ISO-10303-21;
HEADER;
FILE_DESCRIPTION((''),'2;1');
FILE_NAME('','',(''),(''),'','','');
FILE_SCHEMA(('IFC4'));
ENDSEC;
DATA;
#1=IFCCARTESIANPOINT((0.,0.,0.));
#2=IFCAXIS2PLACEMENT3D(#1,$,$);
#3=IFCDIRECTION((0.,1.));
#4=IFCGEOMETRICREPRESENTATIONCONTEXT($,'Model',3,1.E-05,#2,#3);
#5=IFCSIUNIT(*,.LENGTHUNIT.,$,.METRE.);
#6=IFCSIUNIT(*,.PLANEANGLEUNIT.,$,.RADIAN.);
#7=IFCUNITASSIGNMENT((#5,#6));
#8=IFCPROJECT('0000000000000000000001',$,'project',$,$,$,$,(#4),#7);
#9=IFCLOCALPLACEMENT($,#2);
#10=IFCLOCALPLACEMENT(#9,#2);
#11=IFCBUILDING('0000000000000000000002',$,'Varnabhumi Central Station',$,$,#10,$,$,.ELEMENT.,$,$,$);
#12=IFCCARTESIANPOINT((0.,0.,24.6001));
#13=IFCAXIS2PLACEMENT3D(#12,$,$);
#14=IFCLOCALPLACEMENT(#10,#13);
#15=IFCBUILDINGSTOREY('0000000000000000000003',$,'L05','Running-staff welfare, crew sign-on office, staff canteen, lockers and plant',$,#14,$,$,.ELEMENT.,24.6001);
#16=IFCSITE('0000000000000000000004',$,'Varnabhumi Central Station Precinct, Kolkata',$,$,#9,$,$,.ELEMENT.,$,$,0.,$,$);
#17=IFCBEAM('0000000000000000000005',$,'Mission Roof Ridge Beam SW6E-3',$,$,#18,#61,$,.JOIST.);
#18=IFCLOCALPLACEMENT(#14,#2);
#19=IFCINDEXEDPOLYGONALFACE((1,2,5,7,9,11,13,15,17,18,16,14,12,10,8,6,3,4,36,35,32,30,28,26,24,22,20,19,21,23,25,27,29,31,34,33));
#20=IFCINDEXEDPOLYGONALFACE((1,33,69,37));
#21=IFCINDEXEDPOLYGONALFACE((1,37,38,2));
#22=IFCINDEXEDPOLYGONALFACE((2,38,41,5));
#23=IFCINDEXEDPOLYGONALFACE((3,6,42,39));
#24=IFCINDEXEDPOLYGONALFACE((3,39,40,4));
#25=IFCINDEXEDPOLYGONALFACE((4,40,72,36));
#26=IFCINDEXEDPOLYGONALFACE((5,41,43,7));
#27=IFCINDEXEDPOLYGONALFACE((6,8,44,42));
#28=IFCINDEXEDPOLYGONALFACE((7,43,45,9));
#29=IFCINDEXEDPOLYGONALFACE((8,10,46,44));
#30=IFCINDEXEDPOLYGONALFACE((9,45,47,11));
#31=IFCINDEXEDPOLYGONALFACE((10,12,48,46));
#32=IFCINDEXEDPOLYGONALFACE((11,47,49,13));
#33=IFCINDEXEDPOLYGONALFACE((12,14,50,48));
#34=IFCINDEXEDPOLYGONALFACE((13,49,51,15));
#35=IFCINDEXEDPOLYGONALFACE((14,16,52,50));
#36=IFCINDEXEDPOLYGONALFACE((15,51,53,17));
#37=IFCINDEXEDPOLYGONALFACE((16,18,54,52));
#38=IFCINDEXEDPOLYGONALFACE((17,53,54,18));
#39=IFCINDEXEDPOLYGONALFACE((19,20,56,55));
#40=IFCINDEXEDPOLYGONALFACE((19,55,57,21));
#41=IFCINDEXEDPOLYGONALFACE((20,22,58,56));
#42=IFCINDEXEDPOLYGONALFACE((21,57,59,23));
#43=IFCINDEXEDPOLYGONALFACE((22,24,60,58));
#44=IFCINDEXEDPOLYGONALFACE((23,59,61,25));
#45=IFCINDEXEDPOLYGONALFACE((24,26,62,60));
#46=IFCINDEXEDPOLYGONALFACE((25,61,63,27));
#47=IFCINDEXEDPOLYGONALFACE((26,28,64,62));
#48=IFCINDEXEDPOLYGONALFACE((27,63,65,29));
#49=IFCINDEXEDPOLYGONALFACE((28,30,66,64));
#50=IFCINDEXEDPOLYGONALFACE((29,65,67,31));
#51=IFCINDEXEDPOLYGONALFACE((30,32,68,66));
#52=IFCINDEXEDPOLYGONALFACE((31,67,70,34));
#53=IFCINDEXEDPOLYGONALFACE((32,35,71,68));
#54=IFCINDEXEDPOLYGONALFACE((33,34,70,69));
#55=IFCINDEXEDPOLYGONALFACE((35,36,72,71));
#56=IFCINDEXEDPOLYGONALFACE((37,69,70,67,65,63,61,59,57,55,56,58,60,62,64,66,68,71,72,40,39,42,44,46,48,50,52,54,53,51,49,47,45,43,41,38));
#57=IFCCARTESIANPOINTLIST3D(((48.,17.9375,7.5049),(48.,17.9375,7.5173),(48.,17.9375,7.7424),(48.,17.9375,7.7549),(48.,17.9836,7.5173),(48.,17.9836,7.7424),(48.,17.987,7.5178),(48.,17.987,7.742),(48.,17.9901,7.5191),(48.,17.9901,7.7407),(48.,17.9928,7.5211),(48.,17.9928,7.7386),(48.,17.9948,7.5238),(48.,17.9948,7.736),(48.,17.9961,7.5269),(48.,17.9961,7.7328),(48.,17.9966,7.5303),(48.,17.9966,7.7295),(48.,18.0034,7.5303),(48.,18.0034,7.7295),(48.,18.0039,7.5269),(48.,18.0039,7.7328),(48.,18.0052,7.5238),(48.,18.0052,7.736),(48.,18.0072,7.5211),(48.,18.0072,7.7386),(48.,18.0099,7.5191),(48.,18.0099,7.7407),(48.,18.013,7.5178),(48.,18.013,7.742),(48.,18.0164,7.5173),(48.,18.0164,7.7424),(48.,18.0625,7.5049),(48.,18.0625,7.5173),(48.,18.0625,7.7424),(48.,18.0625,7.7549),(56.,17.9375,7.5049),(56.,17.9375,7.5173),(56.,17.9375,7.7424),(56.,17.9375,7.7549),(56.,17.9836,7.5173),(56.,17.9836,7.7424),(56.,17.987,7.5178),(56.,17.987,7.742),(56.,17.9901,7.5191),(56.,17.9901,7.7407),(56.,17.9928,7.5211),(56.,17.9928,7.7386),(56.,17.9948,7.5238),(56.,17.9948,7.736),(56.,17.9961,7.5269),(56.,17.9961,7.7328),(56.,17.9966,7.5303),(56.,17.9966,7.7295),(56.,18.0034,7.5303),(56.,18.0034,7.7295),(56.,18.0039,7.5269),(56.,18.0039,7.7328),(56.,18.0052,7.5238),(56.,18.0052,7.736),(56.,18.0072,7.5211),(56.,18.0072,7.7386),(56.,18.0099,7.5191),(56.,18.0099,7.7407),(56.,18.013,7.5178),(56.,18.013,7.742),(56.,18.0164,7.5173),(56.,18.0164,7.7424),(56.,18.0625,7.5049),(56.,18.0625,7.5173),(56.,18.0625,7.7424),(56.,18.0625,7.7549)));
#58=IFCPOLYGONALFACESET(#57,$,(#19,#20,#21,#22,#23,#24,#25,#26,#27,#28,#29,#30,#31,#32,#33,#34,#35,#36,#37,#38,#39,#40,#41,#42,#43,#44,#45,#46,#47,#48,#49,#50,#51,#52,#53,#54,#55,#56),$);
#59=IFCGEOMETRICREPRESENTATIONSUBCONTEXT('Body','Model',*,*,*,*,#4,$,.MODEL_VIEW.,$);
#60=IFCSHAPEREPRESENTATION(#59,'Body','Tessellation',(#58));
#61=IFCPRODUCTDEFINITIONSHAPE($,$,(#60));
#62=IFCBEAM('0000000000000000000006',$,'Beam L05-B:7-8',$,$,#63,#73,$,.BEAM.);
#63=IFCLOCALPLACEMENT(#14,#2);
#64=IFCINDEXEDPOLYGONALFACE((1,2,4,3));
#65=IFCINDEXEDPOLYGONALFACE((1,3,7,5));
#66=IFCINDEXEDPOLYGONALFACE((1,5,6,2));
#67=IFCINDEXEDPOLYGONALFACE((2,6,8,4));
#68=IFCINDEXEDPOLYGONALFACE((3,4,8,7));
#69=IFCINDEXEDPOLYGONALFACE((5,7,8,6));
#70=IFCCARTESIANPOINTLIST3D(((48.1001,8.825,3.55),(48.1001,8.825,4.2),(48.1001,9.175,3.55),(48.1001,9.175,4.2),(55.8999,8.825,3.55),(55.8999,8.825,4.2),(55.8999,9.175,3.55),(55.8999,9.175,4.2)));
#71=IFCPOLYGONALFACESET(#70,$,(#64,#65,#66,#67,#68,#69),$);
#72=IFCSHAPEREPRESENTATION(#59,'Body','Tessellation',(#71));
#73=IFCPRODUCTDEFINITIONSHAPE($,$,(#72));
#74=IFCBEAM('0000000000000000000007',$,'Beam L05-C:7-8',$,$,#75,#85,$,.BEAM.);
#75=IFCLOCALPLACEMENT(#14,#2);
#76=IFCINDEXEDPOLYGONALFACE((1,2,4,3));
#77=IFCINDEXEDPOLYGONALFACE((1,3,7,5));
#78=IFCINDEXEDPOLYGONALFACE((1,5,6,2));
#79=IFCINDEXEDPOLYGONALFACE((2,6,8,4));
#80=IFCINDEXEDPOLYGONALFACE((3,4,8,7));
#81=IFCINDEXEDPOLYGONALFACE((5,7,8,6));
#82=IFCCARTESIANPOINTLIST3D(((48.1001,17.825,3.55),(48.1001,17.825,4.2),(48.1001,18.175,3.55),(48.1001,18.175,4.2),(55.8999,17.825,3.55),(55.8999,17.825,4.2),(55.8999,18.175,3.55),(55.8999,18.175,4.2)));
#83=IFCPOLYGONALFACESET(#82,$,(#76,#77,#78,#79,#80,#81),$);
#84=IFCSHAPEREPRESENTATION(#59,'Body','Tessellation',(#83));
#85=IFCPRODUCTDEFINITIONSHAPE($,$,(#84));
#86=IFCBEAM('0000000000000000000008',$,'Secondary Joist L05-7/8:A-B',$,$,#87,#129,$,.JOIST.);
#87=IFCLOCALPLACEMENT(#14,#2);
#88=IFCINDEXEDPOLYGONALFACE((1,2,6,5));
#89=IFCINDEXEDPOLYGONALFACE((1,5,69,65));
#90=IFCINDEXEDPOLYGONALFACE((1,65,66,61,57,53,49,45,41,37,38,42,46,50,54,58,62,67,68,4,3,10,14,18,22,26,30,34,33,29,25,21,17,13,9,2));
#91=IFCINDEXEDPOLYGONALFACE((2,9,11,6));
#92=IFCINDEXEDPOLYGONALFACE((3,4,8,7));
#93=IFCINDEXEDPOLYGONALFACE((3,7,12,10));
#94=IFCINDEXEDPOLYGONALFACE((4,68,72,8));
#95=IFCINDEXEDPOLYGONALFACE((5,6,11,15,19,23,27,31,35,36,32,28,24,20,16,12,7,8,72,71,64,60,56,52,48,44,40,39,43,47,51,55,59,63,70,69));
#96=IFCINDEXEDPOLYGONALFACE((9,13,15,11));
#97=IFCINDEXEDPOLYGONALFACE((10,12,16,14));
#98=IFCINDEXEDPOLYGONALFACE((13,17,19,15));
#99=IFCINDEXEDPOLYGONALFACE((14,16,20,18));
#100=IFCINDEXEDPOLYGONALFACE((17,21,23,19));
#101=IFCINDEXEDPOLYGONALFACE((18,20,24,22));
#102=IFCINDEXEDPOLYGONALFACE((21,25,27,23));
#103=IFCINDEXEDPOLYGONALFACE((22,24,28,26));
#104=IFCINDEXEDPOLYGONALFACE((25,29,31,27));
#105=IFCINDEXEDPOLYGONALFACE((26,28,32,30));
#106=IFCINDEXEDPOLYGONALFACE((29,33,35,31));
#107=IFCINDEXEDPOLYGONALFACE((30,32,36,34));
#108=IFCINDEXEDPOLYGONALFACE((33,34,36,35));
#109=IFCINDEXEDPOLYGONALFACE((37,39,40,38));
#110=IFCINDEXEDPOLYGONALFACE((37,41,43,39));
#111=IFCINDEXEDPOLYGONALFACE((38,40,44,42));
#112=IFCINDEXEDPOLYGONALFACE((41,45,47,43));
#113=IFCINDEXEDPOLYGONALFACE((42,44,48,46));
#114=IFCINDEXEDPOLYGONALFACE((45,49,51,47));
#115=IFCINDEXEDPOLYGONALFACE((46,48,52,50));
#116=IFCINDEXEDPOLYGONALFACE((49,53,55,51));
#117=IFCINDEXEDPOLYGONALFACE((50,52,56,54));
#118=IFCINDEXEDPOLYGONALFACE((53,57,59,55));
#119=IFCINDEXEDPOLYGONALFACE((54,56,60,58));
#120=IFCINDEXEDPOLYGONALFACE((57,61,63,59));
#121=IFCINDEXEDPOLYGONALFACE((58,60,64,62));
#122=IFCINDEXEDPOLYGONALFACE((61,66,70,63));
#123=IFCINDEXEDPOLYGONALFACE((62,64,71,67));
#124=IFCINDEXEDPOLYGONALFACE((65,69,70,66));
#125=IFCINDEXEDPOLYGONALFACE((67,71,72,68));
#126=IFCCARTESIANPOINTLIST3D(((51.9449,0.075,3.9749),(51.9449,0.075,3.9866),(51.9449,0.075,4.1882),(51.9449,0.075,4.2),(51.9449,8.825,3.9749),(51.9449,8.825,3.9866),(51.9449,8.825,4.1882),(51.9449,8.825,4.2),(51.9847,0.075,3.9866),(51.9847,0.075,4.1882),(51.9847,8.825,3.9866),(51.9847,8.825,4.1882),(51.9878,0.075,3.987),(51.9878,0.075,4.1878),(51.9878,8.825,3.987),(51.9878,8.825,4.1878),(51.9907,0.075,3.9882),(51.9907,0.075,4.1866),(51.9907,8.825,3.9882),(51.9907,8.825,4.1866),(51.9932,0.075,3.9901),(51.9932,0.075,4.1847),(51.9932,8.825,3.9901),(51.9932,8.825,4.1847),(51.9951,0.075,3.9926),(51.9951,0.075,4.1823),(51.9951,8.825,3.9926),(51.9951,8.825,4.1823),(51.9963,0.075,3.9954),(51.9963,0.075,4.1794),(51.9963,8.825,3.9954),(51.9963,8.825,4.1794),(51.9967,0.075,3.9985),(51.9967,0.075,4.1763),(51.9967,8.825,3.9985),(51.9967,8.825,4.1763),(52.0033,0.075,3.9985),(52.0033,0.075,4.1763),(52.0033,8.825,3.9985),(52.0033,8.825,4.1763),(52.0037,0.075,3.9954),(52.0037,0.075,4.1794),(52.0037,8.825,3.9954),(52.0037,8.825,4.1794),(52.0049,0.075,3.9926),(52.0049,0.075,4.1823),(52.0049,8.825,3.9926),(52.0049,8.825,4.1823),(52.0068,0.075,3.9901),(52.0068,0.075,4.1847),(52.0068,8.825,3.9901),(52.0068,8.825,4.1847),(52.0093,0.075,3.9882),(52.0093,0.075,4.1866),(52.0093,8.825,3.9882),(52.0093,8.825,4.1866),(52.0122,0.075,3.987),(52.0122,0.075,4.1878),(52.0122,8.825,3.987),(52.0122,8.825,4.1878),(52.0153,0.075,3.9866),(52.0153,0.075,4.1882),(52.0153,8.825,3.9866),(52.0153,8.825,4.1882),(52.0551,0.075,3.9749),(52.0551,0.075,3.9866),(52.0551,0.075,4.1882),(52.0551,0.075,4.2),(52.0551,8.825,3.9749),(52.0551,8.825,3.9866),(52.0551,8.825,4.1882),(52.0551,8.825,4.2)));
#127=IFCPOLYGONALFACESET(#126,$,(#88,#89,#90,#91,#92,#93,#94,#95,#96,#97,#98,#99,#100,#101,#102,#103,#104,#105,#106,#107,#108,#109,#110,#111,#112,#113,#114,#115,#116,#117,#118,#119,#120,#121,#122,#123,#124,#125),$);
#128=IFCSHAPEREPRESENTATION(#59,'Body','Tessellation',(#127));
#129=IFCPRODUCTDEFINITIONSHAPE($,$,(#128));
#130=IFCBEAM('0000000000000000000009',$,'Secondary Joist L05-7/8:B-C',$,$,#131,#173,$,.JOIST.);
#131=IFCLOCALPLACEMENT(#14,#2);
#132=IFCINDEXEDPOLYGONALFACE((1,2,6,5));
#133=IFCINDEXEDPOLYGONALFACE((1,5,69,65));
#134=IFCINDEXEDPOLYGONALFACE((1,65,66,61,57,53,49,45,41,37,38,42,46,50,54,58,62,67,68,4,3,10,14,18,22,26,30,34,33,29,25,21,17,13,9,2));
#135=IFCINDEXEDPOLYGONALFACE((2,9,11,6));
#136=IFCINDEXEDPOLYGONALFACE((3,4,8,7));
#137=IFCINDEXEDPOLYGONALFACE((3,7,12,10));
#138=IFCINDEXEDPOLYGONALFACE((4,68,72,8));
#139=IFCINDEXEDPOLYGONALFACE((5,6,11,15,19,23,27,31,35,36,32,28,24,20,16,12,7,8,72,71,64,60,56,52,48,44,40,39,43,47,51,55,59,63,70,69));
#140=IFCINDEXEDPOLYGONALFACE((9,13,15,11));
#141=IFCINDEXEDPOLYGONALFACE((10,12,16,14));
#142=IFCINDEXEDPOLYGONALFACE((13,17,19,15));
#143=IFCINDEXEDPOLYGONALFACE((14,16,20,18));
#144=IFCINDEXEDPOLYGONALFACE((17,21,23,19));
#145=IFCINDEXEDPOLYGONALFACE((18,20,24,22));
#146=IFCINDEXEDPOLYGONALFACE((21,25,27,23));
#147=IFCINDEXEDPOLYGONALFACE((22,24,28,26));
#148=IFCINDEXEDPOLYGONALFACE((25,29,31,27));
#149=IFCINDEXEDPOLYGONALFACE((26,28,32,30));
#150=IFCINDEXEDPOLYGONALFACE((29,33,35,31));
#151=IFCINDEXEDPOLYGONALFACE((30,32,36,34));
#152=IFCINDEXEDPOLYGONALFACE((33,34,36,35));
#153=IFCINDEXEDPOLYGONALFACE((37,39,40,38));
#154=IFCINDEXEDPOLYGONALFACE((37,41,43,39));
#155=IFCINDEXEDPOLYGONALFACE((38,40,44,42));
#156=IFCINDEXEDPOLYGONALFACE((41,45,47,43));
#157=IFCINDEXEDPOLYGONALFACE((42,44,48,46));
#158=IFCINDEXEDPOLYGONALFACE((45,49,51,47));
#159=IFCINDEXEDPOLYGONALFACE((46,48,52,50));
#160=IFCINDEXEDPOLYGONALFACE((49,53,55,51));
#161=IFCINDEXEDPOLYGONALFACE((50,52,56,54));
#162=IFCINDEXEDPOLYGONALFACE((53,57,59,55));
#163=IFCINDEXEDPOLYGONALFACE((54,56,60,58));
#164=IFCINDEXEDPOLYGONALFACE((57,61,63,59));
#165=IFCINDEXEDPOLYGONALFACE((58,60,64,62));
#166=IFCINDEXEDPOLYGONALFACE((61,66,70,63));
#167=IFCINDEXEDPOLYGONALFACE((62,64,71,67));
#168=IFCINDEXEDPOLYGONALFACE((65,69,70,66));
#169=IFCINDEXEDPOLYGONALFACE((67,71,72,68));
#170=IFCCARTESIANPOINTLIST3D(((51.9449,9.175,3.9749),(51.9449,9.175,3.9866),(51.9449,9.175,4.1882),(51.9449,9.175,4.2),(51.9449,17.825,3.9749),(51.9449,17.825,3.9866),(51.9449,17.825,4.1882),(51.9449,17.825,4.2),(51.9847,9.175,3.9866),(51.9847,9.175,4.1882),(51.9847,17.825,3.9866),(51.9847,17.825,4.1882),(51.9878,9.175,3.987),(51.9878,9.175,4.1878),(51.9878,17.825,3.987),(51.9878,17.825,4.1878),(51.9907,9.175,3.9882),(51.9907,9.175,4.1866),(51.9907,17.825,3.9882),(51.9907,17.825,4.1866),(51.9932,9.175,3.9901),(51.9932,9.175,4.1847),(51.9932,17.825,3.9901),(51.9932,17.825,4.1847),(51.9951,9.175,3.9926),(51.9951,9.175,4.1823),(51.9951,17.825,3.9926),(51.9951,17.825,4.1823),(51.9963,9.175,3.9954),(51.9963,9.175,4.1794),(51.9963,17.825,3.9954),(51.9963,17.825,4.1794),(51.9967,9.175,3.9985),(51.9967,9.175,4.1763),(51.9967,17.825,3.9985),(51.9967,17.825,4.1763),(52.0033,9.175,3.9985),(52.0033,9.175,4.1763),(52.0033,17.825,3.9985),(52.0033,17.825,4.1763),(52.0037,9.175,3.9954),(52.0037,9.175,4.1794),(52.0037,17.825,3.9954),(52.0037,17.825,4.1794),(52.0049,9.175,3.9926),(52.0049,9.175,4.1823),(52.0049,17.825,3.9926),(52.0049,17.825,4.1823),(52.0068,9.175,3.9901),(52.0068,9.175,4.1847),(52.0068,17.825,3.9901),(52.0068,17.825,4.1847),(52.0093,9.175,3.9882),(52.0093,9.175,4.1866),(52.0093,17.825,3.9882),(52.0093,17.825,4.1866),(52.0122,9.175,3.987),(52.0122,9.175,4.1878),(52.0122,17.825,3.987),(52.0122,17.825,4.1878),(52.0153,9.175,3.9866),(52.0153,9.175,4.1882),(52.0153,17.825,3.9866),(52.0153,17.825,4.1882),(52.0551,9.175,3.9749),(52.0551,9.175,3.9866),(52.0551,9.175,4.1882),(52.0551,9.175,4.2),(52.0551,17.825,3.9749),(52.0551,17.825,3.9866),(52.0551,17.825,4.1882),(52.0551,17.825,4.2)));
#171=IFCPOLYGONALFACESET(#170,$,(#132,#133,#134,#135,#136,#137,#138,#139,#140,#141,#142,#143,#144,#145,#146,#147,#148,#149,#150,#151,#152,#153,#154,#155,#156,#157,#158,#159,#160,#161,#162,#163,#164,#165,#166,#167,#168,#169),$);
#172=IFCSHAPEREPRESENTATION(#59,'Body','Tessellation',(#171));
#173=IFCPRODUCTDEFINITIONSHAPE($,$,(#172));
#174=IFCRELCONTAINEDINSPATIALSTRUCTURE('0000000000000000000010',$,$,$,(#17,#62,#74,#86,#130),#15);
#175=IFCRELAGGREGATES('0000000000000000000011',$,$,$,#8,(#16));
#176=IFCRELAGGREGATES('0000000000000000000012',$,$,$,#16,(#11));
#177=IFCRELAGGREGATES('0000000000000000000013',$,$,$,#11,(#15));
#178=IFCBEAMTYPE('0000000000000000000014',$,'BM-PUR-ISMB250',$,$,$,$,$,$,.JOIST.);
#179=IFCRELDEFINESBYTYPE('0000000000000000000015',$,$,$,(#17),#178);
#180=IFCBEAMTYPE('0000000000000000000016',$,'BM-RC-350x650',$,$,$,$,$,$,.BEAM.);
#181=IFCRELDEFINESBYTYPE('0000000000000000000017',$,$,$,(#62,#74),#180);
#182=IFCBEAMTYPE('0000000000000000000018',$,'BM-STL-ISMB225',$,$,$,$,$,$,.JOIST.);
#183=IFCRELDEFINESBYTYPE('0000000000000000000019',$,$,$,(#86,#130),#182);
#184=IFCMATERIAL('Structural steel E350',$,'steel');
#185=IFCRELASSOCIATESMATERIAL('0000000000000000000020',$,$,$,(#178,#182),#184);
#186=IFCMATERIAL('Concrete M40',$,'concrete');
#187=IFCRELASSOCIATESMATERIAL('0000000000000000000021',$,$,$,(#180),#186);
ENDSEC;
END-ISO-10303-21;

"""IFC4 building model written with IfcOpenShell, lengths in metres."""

from ifc_helpers import new_model, si_unit, direction, frame, origin, origin_2d, place, context, subcontext, project, spatial, rectangle, i_section, extrude, material, material_profile, profile_set, type_object, element, save


model = new_model("IFC4")

# Units and contexts
model_context = context("Model", 3, precision=1e-05, world=origin(), true_north=direction((0.0, 1.0)))
body_context = subcontext(model_context, "Body", "Model", "MODEL_VIEW")
ifc_project = project(units=[si_unit("LENGTHUNIT", "METRE"), si_unit("PLANEANGLEUNIT", "RADIAN")], contexts=[model_context])

# Site, building, storey
site_placement = place(None, origin())
site = spatial("IfcSite", under=ifc_project, at=site_placement, Name="Varnabhumi Central Station Precinct, Kolkata", CompositionType="ELEMENT", RefElevation=0.0)
building_placement = place(site_placement, origin())
building = spatial("IfcBuilding", under=site, at=building_placement, Name="Varnabhumi Central Station", CompositionType="ELEMENT")
storey_placement = place(building_placement, frame((0.0, 0.0, 24.6001)))
storey = spatial("IfcBuildingStorey", under=building, at=storey_placement, Name="L05", Description="Running-staff welfare, crew sign-on office, staff canteen, lockers and plant", CompositionType="ELEMENT", Elevation=24.6001)

# Shared definitions
ifc_material_1 = material(Name="Concrete M40", Category="concrete")
ifc_material_2 = material(Name="Structural steel E350", Category="steel")

# Beams
ifc_material_profile_1 = material_profile(ifc_material_2, i_section(OverallWidth=0.125, OverallDepth=0.25, WebThickness=0.0068, FlangeThickness=0.0125, FilletRadius=0.0129, at=origin_2d()), Name="Structural steel E350", Category="steel")
ifc_profile_set_1 = profile_set([ifc_material_profile_1], Name="Structural steel E350")
beam_type_1 = type_object("IfcBeamType", Name="BM-PUR-ISMB250", PredefinedType="JOIST", material=ifc_profile_set_1)
beam_1_placement = place(storey_placement, frame((48.0, 18.0, 7.6299), z_axis=(1.0, 0.0, 0.0), x_axis=(0.0, 1.0, 0.0)))
element("IfcBeam", 1, at=beam_1_placement, inside=storey, type_object=beam_type_1, Name="Mission Roof Ridge Beam SW6E-3", PredefinedType="JOIST", context=body_context, shape_type="SweptSolid", body=[
    extrude(i_section(OverallWidth=0.125, OverallDepth=0.25, WebThickness=0.0068, FlangeThickness=0.0125, FilletRadius=0.0129, at=origin_2d()), origin(), (0.0, 0.0, 1.0), 8.0),
])
ifc_material_profile_2 = material_profile(ifc_material_1, rectangle(XDim=0.3501, YDim=0.6499, at=origin_2d()), Name="Concrete M40", Category="concrete")
ifc_profile_set_2 = profile_set([ifc_material_profile_2], Name="Concrete M40")
beam_type_2 = type_object("IfcBeamType", Name="BM-RC-350x650", PredefinedType="BEAM", material=ifc_profile_set_2)
for number, where, z_axis, x_axis, name in (
    (2, (48.1001, 9.0, 3.875), (1.0, 0.0, 0.0), (0.0, 1.0, 0.0), "Beam L05-B:7-8"),
    (3, (48.1001, 18.0, 3.875), (1.0, 0.0, 0.0), (0.0, 1.0, 0.0), "Beam L05-C:7-8"),
):
    element("IfcBeam", number, at=place(storey_placement, frame(where, z_axis=z_axis, x_axis=x_axis)), inside=storey, type_object=beam_type_2, Name=name, PredefinedType="BEAM", context=body_context, shape_type="SweptSolid", body=[
        extrude(rectangle(XDim=0.3501, YDim=0.6499, at=origin_2d()), origin(), (0.0, 0.0, 1.0), 7.7998),
    ])
ifc_material_profile_3 = material_profile(ifc_material_2, i_section(OverallWidth=0.1101, OverallDepth=0.2251, WebThickness=0.0066, FlangeThickness=0.0117, FilletRadius=0.012, at=origin_2d()), Name="Structural steel E350", Category="steel")
ifc_profile_set_3 = profile_set([ifc_material_profile_3], Name="Structural steel E350")
beam_type_3 = type_object("IfcBeamType", Name="BM-STL-ISMB225", PredefinedType="JOIST", material=ifc_profile_set_3)
beam_2_placement = place(storey_placement, frame((52.0, 0.075, 4.0874), z_axis=(0.0, 1.0, 0.0), x_axis=(-1.0, 0.0, 0.0)))
element("IfcBeam", 4, at=beam_2_placement, inside=storey, type_object=beam_type_3, Name="Secondary Joist L05-7/8:A-B", PredefinedType="JOIST", context=body_context, shape_type="SweptSolid", body=[
    extrude(i_section(OverallWidth=0.1101, OverallDepth=0.2251, WebThickness=0.0066, FlangeThickness=0.0117, FilletRadius=0.012, at=origin_2d()), origin(), (0.0, 0.0, 1.0), 8.75),
])
beam_3_placement = place(storey_placement, frame((52.0, 9.175, 4.0874), z_axis=(0.0, 1.0, 0.0), x_axis=(-1.0, 0.0, 0.0)))
element("IfcBeam", 5, at=beam_3_placement, inside=storey, type_object=beam_type_3, Name="Secondary Joist L05-7/8:B-C", PredefinedType="JOIST", context=body_context, shape_type="SweptSolid", body=[
    extrude(i_section(OverallWidth=0.1101, OverallDepth=0.2251, WebThickness=0.0066, FlangeThickness=0.0117, FilletRadius=0.012, at=origin_2d()), origin(), (0.0, 0.0, 1.0), 8.6499),
])

save(model, "model.ifc")
